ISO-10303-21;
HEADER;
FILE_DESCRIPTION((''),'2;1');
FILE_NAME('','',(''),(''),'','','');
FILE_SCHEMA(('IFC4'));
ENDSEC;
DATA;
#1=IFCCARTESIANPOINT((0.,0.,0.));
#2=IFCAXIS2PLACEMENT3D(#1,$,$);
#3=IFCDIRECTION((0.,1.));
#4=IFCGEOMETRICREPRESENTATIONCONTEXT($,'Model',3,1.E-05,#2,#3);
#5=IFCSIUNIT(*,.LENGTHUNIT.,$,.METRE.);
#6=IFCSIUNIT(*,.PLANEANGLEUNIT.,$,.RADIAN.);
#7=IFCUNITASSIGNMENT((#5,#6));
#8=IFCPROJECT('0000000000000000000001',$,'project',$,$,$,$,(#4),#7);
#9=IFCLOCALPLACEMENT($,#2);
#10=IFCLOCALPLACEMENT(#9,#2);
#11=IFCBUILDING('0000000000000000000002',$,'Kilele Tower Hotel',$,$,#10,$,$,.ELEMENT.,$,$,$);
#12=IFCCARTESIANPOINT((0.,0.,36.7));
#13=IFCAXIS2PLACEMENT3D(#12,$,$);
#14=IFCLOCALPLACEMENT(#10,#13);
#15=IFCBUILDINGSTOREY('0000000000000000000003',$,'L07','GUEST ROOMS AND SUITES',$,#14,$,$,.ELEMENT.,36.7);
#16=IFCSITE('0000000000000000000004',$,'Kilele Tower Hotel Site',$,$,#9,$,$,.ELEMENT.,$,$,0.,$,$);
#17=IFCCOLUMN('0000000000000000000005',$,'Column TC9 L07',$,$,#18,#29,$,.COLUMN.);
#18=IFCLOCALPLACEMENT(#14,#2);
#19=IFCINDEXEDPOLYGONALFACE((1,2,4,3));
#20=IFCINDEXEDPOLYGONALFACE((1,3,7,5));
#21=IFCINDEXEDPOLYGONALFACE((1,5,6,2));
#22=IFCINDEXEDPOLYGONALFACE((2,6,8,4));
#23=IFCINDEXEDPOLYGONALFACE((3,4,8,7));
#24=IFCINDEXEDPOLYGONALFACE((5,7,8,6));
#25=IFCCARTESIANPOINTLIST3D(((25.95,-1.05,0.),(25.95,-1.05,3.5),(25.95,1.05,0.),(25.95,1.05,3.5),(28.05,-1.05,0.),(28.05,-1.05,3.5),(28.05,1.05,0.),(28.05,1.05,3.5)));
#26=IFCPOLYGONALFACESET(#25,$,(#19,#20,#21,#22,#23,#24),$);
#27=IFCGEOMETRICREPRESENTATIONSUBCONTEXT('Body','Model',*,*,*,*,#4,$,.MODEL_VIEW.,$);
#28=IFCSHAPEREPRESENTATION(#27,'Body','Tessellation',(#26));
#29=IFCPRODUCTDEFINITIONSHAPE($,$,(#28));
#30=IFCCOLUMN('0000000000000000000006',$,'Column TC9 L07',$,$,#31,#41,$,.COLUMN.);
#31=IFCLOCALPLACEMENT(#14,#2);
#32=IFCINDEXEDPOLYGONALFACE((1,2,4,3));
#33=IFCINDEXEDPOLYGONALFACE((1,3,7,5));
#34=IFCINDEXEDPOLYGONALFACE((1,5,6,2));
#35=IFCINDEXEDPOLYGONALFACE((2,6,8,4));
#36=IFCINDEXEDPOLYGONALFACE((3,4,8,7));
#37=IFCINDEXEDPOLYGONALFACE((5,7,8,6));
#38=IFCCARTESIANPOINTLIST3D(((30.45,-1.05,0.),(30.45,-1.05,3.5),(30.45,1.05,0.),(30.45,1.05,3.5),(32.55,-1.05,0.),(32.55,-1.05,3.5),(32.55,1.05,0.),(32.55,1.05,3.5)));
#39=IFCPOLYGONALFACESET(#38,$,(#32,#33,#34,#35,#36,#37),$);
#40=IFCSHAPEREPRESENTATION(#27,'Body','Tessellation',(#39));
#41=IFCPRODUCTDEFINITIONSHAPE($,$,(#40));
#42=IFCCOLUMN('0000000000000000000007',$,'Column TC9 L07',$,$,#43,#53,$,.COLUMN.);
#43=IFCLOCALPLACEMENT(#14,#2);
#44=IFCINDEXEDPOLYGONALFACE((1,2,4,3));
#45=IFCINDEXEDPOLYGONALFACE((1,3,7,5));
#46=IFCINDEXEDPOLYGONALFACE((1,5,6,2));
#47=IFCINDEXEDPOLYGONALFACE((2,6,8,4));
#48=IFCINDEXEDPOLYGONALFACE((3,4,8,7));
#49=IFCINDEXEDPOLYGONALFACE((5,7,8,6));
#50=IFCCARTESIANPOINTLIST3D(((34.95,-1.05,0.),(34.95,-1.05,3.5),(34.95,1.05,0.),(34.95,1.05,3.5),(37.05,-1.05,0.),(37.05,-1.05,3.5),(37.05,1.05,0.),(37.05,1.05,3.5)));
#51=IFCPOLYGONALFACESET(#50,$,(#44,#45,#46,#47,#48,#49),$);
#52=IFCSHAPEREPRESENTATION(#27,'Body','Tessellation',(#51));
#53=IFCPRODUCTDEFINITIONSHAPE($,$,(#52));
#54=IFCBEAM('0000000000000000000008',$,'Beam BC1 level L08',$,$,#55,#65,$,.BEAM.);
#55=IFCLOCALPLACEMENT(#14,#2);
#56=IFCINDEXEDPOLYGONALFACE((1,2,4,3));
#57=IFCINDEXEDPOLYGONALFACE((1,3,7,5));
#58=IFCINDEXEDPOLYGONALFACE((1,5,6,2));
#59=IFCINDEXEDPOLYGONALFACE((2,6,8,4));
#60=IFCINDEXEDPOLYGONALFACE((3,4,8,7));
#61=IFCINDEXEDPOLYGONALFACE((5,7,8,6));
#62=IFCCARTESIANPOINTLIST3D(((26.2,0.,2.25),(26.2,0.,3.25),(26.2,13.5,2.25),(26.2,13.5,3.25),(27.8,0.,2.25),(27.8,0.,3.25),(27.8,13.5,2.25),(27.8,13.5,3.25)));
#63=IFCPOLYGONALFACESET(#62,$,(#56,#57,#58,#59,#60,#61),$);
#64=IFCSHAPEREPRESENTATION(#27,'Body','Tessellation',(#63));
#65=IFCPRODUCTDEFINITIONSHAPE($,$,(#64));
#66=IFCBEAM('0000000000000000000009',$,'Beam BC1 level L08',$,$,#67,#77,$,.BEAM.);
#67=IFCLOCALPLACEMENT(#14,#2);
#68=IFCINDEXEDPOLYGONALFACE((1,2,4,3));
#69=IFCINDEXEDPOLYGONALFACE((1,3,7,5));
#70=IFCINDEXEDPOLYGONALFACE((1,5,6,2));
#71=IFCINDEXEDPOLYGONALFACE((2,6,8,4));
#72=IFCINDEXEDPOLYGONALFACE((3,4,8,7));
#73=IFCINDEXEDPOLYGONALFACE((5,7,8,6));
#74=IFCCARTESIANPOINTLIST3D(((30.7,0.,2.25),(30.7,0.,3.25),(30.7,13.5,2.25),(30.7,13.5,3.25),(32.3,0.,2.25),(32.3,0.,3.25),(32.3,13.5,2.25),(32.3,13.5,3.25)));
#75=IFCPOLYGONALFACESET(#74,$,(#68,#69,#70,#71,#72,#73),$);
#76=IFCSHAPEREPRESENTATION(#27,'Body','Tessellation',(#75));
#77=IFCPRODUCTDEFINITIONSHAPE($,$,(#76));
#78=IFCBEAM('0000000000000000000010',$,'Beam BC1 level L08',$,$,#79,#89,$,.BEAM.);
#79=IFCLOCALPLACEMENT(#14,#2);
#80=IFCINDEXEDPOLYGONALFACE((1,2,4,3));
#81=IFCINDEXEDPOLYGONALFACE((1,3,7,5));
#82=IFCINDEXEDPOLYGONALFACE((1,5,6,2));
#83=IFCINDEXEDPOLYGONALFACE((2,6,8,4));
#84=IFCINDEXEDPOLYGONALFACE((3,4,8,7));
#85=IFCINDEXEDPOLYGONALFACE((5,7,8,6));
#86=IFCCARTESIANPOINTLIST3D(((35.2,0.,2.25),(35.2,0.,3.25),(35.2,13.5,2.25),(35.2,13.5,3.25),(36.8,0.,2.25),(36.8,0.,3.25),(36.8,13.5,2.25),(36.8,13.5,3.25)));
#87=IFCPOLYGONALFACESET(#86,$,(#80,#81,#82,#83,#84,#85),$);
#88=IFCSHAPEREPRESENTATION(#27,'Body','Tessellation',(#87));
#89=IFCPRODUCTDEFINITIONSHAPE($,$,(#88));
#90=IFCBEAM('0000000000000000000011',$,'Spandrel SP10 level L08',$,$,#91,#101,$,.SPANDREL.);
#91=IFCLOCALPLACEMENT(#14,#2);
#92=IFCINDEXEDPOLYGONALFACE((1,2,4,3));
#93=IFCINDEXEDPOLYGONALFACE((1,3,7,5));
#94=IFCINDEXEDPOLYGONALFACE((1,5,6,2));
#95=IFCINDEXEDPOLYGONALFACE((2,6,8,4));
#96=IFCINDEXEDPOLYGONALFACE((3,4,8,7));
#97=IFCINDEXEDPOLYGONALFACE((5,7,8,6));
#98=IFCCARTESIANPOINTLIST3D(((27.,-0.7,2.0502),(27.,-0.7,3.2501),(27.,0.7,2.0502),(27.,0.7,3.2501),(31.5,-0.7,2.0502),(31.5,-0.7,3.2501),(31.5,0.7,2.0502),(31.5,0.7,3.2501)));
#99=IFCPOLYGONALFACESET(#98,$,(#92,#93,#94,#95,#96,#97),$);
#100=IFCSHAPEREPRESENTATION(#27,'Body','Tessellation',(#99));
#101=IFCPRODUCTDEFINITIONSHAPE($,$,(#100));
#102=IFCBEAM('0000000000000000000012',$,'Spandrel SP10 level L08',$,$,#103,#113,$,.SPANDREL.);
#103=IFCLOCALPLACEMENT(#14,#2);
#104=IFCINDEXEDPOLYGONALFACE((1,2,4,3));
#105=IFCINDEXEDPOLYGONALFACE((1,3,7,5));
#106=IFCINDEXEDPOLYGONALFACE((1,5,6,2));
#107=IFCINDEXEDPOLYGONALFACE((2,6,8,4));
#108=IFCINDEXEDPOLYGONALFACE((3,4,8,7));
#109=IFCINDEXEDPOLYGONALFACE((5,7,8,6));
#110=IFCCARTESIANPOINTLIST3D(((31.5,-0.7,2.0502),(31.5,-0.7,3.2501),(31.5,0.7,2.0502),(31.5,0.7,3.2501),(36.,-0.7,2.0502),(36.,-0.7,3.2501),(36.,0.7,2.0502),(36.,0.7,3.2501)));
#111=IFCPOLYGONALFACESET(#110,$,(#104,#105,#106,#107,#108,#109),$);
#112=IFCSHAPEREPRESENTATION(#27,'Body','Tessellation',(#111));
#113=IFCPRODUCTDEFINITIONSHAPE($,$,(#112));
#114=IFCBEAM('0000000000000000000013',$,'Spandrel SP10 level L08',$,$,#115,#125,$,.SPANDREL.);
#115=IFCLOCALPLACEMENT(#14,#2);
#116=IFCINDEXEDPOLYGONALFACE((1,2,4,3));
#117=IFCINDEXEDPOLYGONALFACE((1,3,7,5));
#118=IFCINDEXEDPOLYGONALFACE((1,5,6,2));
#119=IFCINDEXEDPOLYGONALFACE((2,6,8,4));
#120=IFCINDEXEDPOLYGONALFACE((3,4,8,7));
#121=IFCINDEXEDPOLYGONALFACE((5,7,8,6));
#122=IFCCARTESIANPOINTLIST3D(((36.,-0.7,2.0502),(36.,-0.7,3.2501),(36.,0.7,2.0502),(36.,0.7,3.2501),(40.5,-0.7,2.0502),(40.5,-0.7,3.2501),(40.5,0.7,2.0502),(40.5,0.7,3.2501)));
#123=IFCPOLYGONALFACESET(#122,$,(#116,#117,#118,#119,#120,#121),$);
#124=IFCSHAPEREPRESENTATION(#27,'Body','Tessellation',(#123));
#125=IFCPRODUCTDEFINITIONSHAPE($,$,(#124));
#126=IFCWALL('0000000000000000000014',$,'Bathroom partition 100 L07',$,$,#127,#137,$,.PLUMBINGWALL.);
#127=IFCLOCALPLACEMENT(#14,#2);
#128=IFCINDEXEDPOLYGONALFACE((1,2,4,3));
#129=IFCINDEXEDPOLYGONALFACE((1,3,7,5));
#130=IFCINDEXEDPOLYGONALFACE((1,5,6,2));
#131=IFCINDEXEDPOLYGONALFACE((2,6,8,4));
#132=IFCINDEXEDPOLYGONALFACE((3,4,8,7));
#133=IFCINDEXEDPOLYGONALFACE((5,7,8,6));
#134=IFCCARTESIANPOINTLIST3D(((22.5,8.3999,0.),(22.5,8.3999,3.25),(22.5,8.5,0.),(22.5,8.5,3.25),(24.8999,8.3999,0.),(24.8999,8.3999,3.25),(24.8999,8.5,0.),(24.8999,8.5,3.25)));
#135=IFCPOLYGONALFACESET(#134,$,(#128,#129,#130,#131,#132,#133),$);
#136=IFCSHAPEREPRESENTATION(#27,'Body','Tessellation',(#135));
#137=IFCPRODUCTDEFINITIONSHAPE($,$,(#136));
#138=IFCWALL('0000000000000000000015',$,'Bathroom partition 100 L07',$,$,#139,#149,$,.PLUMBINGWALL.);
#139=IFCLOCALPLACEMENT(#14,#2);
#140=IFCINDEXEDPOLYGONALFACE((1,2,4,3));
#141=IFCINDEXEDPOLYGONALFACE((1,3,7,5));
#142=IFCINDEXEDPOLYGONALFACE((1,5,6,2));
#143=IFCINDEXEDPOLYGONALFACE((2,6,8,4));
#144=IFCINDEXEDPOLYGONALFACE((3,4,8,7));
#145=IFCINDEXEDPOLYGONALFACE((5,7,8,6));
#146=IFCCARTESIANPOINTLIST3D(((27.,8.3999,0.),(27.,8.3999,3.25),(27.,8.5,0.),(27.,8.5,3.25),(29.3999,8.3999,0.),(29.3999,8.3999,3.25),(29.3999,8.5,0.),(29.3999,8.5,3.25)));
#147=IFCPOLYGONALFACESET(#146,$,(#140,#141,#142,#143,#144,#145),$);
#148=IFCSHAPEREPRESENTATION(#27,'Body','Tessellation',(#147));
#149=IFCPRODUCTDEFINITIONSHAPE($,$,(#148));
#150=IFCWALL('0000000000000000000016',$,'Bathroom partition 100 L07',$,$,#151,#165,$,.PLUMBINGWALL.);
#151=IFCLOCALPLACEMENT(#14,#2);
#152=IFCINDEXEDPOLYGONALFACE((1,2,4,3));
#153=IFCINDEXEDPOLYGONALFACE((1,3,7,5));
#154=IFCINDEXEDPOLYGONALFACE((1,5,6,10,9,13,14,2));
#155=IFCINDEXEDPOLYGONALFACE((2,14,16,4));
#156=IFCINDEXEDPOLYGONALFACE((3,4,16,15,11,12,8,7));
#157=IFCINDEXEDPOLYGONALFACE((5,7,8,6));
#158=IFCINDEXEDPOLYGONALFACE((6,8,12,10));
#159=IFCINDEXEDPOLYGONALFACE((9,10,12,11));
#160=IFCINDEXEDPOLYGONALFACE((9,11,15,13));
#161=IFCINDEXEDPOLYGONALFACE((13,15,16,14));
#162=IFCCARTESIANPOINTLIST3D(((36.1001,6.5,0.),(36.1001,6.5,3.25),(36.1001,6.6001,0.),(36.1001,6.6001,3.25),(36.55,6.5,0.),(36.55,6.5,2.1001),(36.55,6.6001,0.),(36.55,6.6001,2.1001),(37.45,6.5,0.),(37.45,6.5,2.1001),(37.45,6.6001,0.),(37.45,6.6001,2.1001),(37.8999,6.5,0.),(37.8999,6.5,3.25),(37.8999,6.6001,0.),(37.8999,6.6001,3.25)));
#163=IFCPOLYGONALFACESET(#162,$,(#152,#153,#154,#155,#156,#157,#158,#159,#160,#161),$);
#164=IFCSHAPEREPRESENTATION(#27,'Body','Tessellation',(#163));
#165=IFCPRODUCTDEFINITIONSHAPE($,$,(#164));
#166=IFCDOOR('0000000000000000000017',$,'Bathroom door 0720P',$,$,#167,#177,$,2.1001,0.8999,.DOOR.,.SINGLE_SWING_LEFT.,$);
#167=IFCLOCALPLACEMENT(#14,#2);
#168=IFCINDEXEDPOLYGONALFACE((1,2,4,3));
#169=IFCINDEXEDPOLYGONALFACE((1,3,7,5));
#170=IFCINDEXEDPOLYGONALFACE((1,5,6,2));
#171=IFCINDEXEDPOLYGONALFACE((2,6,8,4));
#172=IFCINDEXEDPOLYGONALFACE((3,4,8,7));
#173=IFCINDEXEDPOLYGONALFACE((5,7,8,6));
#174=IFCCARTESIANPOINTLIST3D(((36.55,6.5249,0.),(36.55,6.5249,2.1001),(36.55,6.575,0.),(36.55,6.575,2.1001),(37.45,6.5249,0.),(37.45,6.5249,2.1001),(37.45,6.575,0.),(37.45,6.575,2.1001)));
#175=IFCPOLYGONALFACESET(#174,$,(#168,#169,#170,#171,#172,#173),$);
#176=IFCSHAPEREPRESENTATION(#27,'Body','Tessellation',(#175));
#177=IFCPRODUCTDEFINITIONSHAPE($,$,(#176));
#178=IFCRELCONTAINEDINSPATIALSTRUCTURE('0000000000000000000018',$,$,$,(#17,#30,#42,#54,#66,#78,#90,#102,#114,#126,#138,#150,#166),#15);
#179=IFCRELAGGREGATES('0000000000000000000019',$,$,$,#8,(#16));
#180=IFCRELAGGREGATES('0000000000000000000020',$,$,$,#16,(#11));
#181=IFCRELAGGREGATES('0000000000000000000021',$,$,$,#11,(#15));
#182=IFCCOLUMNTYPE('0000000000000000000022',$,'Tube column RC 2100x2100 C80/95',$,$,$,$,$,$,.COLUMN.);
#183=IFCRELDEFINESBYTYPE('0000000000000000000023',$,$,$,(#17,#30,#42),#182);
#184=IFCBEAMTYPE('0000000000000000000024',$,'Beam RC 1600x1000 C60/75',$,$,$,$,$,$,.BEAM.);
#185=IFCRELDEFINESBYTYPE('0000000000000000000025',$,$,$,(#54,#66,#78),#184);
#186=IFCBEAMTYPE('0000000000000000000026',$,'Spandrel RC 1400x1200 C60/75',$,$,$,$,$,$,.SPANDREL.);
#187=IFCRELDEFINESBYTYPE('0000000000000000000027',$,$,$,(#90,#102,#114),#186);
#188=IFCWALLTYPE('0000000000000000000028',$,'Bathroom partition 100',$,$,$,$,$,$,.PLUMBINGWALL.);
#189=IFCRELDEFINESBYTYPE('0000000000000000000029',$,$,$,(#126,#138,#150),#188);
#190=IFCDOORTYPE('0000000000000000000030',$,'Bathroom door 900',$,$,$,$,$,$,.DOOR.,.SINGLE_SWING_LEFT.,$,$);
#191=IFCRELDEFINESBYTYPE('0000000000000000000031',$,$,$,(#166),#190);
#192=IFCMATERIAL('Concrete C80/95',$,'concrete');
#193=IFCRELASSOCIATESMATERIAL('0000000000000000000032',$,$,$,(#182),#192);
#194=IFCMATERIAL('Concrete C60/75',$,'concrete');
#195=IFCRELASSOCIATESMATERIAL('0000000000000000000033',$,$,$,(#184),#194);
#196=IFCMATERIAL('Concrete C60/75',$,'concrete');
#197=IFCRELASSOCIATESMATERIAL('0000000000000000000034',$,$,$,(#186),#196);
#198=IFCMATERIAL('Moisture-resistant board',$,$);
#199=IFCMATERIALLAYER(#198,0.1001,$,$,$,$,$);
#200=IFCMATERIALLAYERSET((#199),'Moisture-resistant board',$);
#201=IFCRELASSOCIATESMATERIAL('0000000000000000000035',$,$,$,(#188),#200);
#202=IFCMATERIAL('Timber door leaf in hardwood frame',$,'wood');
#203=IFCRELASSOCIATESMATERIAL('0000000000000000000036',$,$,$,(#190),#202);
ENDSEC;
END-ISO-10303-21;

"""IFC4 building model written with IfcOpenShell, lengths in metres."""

from ifc_helpers import new_model, si_unit, direction, frame, frame_2d, origin, origin_2d, place, context, subcontext, project, spatial, rectangle, extrude, material, layer, layer_set, material_profile, profile_set, type_object, element, fill, save


model = new_model("IFC4")

# Units and contexts
model_context = context("Model", 3, precision=1e-05, world=origin(), true_north=direction((0.0, 1.0)))
body_context = subcontext(model_context, "Body", "Model", "MODEL_VIEW")
ifc_project = project(units=[si_unit("LENGTHUNIT", "METRE"), si_unit("PLANEANGLEUNIT", "RADIAN")], contexts=[model_context])

# Site, building, storey
site_placement = place(None, origin())
site = spatial("IfcSite", under=ifc_project, at=site_placement, Name="Kilele Tower Hotel Site", CompositionType="ELEMENT", RefElevation=0.0)
building_placement = place(site_placement, origin())
building = spatial("IfcBuilding", under=site, at=building_placement, Name="Kilele Tower Hotel", CompositionType="ELEMENT")
storey_placement = place(building_placement, frame((0.0, 0.0, 36.7)))
storey = spatial("IfcBuildingStorey", under=building, at=storey_placement, Name="L07", Description="GUEST ROOMS AND SUITES", CompositionType="ELEMENT", Elevation=36.7)

# Columns
ifc_material_1 = material(Name="Concrete C80/95", Category="concrete")
ifc_material_profile_1 = material_profile(ifc_material_1, rectangle(XDim=2.1001, YDim=2.1001, at=origin_2d()))
ifc_profile_set_1 = profile_set([ifc_material_profile_1], Name="Concrete C80/95")
column_type = type_object("IfcColumnType", Name="Tube column RC 2100x2100 C80/95", PredefinedType="COLUMN", material=ifc_profile_set_1)
for number, where, z_axis, x_axis, name in (
    (1, (27.0, 0.0, 0.0), (0.0, 0.0, 1.0), (1.0, 0.0, 0.0), "Column TC9 L07"),
    (2, (31.5, 0.0, 0.0), (0.0, 0.0, 1.0), (1.0, 0.0, 0.0), "Column TC9 L07"),
    (3, (36.0, 0.0, 0.0), (0.0, 0.0, 1.0), (1.0, 0.0, 0.0), "Column TC9 L07"),
):
    element("IfcColumn", number, at=place(storey_placement, frame(where, z_axis=z_axis, x_axis=x_axis)), inside=storey, type_object=column_type, Name=name, PredefinedType="COLUMN", context=body_context, shape_type="SweptSolid", body=[
        extrude(rectangle(XDim=2.1001, YDim=2.1001, at=origin_2d()), origin(), (0.0, 0.0, 1.0), 3.5),
    ])

# Beams
ifc_material_2 = material(Name="Concrete C60/75", Category="concrete")
ifc_material_profile_2 = material_profile(ifc_material_2, rectangle(XDim=1.6001, YDim=1.0, at=origin_2d()))
ifc_profile_set_2 = profile_set([ifc_material_profile_2], Name="Concrete C60/75")
beam_type_1 = type_object("IfcBeamType", Name="Beam RC 1600x1000 C60/75", PredefinedType="BEAM", material=ifc_profile_set_2)
for number, where, z_axis, x_axis, name in (
    (4, (27.0, 0.0, 2.75), (0.0, 1.0, 0.0), (-1.0, 0.0, 0.0), "Beam BC1 level L08"),
    (5, (31.5, 0.0, 2.75), (0.0, 1.0, 0.0), (-1.0, 0.0, 0.0), "Beam BC1 level L08"),
    (6, (36.0, 0.0, 2.75), (0.0, 1.0, 0.0), (-1.0, 0.0, 0.0), "Beam BC1 level L08"),
):
    element("IfcBeam", number, at=place(storey_placement, frame(where, z_axis=z_axis, x_axis=x_axis)), inside=storey, type_object=beam_type_1, Name=name, PredefinedType="BEAM", context=body_context, shape_type="SweptSolid", body=[
        extrude(rectangle(XDim=1.6001, YDim=1.0, at=origin_2d()), origin(), (0.0, 0.0, 1.0), 13.5),
    ])
ifc_material_3 = material(Name="Concrete C60/75", Category="concrete")
ifc_material_profile_3 = material_profile(ifc_material_3, rectangle(XDim=1.3999, YDim=1.2, at=origin_2d()))
ifc_profile_set_3 = profile_set([ifc_material_profile_3], Name="Concrete C60/75")
beam_type_2 = type_object("IfcBeamType", Name="Spandrel RC 1400x1200 C60/75", PredefinedType="SPANDREL", material=ifc_profile_set_3)
for number, where, z_axis, x_axis, name in (
    (7, (27.0, 0.0, 2.6501), (1.0, 0.0, 0.0), (0.0, 1.0, 0.0), "Spandrel SP10 level L08"),
    (8, (31.5, 0.0, 2.6501), (1.0, 0.0, 0.0), (0.0, 1.0, 0.0), "Spandrel SP10 level L08"),
    (9, (36.0, 0.0, 2.6501), (1.0, 0.0, 0.0), (0.0, 1.0, 0.0), "Spandrel SP10 level L08"),
):
    element("IfcBeam", number, at=place(storey_placement, frame(where, z_axis=z_axis, x_axis=x_axis)), inside=storey, type_object=beam_type_2, Name=name, PredefinedType="SPANDREL", context=body_context, shape_type="SweptSolid", body=[
        extrude(rectangle(XDim=1.3999, YDim=1.2, at=origin_2d()), origin(), (0.0, 0.0, 1.0), 4.5),
    ])

# Walls
ifc_material_4 = material(Name="Moisture-resistant board")
ifc_layer_1 = layer(ifc_material_4, 0.1001)
ifc_layer_set_1 = layer_set([ifc_layer_1], Name="Moisture-resistant board")
wall_type_1 = type_object("IfcWallType", Name="Bathroom partition 100", PredefinedType="PLUMBINGWALL", material=ifc_layer_set_1)
for number, where, z_axis, x_axis, name in (
    (10, (22.5, 8.45, 0.0), (0.0, 0.0, 1.0), (1.0, 0.0, 0.0), "Bathroom partition 100 L07"),
    (11, (27.0, 8.45, 0.0), (0.0, 0.0, 1.0), (1.0, 0.0, 0.0), "Bathroom partition 100 L07"),
):
    element("IfcWall", number, at=place(storey_placement, frame(where, z_axis=z_axis, x_axis=x_axis)), inside=storey, type_object=wall_type_1, Name=name, PredefinedType="PLUMBINGWALL", context=body_context, shape_type="SweptSolid", body=[
        extrude(rectangle(XDim=2.3999, YDim=0.1001, at=frame_2d((1.2, 0.0))), origin(), (0.0, 0.0, 1.0), 3.25),
    ])

# Wall, opening, door
wall_1_placement = place(storey_placement, frame((36.1001, 6.55, 0.0), z_axis=(0.0, 0.0, 1.0), x_axis=(1.0, 0.0, 0.0)))
wall_1 = element("IfcWall", 12, at=wall_1_placement, inside=storey, type_object=wall_type_1, Name="Bathroom partition 100 L07", PredefinedType="PLUMBINGWALL", context=body_context, shape_type="SweptSolid", body=[
    extrude(rectangle(XDim=1.7998, YDim=0.1001, at=frame_2d((0.8999, 0.0))), origin(), (0.0, 0.0, 1.0), 3.25),
])
opening_1_placement = place(wall_1_placement, frame((0.45, 0.0, 0.0)))
opening_1 = element("IfcOpeningElement", 13, at=opening_1_placement, cuts=wall_1, PredefinedType="OPENING", context=body_context, shape_type="SweptSolid", body=[
    extrude(rectangle(XDim=0.8999, YDim=2.1001, at=frame_2d((0.45, 1.05))), frame((0.0, 0.0601, 0.0), z_axis=(0.0, -1.0, 0.0), x_axis=(1.0, 0.0, 0.0)), (0.0, 0.0, 1.0), 0.1201),
])
ifc_material_5 = material(Name="Timber door leaf in hardwood frame", Category="wood")
door_type_1 = type_object("IfcDoorType", Name="Bathroom door 900", OperationType="SINGLE_SWING_LEFT", PredefinedType="DOOR", material=ifc_material_5)
door_1_placement = place(opening_1_placement, origin())
door_1 = element("IfcDoor", 14, at=door_1_placement, inside=storey, type_object=door_type_1, Name="Bathroom door 0720P", OperationType="SINGLE_SWING_LEFT", OverallHeight=2.1001, OverallWidth=0.8999, PredefinedType="DOOR", context=body_context, shape_type="SweptSolid", body=[
    extrude(rectangle(XDim=0.8999, YDim=2.1001, at=frame_2d((0.45, 1.05))), frame((0.0, 0.0249, 0.0), z_axis=(0.0, -1.0, 0.0), x_axis=(1.0, 0.0, 0.0)), (0.0, 0.0, 1.0), 0.05),
])
fill(opening_1, door_1)

save(model, "model.ifc")
